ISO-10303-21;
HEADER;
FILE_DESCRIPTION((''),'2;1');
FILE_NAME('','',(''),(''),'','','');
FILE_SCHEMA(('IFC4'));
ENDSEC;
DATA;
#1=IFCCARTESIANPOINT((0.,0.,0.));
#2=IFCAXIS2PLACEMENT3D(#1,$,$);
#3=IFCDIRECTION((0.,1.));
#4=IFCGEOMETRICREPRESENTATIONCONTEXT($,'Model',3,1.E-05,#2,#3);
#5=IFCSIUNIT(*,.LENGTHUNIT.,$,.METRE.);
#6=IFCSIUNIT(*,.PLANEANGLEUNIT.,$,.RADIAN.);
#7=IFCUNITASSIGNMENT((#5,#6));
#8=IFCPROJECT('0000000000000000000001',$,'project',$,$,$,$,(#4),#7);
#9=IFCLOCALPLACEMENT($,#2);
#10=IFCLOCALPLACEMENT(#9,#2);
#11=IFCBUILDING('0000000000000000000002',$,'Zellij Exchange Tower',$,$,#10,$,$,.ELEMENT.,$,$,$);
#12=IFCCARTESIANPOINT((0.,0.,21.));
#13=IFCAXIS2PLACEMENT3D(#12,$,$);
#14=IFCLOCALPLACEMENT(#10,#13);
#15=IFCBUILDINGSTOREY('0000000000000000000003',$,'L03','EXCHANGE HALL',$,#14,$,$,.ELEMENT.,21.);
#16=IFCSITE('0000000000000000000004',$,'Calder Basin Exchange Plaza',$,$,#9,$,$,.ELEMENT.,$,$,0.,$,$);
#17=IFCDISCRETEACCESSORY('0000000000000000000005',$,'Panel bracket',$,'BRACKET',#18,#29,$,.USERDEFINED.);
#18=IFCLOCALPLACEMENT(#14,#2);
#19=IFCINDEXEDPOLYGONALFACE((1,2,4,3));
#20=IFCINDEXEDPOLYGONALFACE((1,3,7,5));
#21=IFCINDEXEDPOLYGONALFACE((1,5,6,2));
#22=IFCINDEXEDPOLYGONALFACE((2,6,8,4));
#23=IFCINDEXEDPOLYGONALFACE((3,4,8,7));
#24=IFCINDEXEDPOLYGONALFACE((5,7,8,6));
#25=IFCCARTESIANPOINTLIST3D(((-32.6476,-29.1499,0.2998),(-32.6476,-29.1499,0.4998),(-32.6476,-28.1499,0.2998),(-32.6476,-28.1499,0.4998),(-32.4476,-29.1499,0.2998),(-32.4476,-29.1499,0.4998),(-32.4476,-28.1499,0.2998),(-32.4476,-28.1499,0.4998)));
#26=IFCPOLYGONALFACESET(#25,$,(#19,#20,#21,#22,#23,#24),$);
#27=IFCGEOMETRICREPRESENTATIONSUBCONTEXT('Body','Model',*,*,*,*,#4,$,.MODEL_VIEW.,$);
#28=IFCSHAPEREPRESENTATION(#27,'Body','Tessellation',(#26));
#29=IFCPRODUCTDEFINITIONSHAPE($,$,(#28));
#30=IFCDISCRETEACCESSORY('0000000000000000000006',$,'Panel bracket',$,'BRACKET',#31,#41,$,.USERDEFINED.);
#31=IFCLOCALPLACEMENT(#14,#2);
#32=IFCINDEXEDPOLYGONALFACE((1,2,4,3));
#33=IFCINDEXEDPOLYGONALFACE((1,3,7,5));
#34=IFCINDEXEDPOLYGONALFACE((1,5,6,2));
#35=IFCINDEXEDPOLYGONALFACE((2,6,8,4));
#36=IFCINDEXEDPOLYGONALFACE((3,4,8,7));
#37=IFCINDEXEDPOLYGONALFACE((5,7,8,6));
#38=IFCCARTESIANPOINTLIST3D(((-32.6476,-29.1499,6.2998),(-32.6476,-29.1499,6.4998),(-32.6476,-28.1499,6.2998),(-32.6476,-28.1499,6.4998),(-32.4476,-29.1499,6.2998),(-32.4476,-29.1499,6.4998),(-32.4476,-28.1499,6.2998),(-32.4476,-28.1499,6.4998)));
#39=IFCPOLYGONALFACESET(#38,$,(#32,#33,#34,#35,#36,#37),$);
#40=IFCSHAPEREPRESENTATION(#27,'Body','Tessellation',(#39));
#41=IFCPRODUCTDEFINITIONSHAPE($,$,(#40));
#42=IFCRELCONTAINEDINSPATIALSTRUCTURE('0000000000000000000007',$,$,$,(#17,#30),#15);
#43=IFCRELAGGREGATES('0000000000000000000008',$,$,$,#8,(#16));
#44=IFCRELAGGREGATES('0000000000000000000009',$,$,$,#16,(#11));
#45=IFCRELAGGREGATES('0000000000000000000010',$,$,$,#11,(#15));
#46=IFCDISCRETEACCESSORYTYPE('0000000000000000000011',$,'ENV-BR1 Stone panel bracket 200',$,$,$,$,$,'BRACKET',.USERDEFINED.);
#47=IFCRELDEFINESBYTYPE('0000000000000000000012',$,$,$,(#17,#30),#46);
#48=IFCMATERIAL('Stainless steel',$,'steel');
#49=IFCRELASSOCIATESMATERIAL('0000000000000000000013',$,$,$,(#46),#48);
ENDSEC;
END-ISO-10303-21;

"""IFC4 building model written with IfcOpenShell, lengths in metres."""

from ifc_helpers import new_model, si_unit, direction, frame, origin, origin_2d, place, context, subcontext, project, spatial, rectangle, extrude, material, type_object, element, save


model = new_model("IFC4")

# Units and contexts
model_context = context("Model", 3, precision=1e-05, world=origin(), true_north=direction((0.0, 1.0)))
body_context = subcontext(model_context, "Body", "Model", "MODEL_VIEW")
ifc_project = project(units=[si_unit("LENGTHUNIT", "METRE"), si_unit("PLANEANGLEUNIT", "RADIAN")], contexts=[model_context])

# Site, building, storey
site_placement = place(None, origin())
site = spatial("IfcSite", under=ifc_project, at=site_placement, Name="Calder Basin Exchange Plaza", CompositionType="ELEMENT", RefElevation=0.0)
building_placement = place(site_placement, origin())
building = spatial("IfcBuilding", under=site, at=building_placement, Name="Zellij Exchange Tower", CompositionType="ELEMENT")
storey_placement = place(building_placement, frame((0.0, 0.0, 21.0)))
storey = spatial("IfcBuildingStorey", under=building, at=storey_placement, Name="L03", Description="EXCHANGE HALL", CompositionType="ELEMENT", Elevation=21.0)

# Discrete accessories
ifc_material_1 = material(Name="Stainless steel", Category="steel")
discrete_accessory_type = type_object("IfcDiscreteAccessoryType", Name="ENV-BR1 Stone panel bracket 200", ElementType="BRACKET", PredefinedType="USERDEFINED", material=ifc_material_1)
for number, where, z_axis, x_axis, name in (
    (1, (-32.5476, -28.6499, 0.2998), (0.0, 0.0, 1.0), (1.0, 0.0, 0.0), "Panel bracket"),
    (2, (-32.5476, -28.6499, 6.2998), (0.0, 0.0, 1.0), (1.0, 0.0, 0.0), "Panel bracket"),
):
    element("IfcDiscreteAccessory", number, at=place(storey_placement, frame(where, z_axis=z_axis, x_axis=x_axis)), inside=storey, type_object=discrete_accessory_type, Name=name, ObjectType="BRACKET", PredefinedType="USERDEFINED", context=body_context, shape_type="SweptSolid", body=[
        extrude(rectangle(XDim=0.2, YDim=1.0, at=origin_2d()), origin(), (0.0, 0.0, 1.0), 0.2),
    ])

save(model, "model.ifc")
